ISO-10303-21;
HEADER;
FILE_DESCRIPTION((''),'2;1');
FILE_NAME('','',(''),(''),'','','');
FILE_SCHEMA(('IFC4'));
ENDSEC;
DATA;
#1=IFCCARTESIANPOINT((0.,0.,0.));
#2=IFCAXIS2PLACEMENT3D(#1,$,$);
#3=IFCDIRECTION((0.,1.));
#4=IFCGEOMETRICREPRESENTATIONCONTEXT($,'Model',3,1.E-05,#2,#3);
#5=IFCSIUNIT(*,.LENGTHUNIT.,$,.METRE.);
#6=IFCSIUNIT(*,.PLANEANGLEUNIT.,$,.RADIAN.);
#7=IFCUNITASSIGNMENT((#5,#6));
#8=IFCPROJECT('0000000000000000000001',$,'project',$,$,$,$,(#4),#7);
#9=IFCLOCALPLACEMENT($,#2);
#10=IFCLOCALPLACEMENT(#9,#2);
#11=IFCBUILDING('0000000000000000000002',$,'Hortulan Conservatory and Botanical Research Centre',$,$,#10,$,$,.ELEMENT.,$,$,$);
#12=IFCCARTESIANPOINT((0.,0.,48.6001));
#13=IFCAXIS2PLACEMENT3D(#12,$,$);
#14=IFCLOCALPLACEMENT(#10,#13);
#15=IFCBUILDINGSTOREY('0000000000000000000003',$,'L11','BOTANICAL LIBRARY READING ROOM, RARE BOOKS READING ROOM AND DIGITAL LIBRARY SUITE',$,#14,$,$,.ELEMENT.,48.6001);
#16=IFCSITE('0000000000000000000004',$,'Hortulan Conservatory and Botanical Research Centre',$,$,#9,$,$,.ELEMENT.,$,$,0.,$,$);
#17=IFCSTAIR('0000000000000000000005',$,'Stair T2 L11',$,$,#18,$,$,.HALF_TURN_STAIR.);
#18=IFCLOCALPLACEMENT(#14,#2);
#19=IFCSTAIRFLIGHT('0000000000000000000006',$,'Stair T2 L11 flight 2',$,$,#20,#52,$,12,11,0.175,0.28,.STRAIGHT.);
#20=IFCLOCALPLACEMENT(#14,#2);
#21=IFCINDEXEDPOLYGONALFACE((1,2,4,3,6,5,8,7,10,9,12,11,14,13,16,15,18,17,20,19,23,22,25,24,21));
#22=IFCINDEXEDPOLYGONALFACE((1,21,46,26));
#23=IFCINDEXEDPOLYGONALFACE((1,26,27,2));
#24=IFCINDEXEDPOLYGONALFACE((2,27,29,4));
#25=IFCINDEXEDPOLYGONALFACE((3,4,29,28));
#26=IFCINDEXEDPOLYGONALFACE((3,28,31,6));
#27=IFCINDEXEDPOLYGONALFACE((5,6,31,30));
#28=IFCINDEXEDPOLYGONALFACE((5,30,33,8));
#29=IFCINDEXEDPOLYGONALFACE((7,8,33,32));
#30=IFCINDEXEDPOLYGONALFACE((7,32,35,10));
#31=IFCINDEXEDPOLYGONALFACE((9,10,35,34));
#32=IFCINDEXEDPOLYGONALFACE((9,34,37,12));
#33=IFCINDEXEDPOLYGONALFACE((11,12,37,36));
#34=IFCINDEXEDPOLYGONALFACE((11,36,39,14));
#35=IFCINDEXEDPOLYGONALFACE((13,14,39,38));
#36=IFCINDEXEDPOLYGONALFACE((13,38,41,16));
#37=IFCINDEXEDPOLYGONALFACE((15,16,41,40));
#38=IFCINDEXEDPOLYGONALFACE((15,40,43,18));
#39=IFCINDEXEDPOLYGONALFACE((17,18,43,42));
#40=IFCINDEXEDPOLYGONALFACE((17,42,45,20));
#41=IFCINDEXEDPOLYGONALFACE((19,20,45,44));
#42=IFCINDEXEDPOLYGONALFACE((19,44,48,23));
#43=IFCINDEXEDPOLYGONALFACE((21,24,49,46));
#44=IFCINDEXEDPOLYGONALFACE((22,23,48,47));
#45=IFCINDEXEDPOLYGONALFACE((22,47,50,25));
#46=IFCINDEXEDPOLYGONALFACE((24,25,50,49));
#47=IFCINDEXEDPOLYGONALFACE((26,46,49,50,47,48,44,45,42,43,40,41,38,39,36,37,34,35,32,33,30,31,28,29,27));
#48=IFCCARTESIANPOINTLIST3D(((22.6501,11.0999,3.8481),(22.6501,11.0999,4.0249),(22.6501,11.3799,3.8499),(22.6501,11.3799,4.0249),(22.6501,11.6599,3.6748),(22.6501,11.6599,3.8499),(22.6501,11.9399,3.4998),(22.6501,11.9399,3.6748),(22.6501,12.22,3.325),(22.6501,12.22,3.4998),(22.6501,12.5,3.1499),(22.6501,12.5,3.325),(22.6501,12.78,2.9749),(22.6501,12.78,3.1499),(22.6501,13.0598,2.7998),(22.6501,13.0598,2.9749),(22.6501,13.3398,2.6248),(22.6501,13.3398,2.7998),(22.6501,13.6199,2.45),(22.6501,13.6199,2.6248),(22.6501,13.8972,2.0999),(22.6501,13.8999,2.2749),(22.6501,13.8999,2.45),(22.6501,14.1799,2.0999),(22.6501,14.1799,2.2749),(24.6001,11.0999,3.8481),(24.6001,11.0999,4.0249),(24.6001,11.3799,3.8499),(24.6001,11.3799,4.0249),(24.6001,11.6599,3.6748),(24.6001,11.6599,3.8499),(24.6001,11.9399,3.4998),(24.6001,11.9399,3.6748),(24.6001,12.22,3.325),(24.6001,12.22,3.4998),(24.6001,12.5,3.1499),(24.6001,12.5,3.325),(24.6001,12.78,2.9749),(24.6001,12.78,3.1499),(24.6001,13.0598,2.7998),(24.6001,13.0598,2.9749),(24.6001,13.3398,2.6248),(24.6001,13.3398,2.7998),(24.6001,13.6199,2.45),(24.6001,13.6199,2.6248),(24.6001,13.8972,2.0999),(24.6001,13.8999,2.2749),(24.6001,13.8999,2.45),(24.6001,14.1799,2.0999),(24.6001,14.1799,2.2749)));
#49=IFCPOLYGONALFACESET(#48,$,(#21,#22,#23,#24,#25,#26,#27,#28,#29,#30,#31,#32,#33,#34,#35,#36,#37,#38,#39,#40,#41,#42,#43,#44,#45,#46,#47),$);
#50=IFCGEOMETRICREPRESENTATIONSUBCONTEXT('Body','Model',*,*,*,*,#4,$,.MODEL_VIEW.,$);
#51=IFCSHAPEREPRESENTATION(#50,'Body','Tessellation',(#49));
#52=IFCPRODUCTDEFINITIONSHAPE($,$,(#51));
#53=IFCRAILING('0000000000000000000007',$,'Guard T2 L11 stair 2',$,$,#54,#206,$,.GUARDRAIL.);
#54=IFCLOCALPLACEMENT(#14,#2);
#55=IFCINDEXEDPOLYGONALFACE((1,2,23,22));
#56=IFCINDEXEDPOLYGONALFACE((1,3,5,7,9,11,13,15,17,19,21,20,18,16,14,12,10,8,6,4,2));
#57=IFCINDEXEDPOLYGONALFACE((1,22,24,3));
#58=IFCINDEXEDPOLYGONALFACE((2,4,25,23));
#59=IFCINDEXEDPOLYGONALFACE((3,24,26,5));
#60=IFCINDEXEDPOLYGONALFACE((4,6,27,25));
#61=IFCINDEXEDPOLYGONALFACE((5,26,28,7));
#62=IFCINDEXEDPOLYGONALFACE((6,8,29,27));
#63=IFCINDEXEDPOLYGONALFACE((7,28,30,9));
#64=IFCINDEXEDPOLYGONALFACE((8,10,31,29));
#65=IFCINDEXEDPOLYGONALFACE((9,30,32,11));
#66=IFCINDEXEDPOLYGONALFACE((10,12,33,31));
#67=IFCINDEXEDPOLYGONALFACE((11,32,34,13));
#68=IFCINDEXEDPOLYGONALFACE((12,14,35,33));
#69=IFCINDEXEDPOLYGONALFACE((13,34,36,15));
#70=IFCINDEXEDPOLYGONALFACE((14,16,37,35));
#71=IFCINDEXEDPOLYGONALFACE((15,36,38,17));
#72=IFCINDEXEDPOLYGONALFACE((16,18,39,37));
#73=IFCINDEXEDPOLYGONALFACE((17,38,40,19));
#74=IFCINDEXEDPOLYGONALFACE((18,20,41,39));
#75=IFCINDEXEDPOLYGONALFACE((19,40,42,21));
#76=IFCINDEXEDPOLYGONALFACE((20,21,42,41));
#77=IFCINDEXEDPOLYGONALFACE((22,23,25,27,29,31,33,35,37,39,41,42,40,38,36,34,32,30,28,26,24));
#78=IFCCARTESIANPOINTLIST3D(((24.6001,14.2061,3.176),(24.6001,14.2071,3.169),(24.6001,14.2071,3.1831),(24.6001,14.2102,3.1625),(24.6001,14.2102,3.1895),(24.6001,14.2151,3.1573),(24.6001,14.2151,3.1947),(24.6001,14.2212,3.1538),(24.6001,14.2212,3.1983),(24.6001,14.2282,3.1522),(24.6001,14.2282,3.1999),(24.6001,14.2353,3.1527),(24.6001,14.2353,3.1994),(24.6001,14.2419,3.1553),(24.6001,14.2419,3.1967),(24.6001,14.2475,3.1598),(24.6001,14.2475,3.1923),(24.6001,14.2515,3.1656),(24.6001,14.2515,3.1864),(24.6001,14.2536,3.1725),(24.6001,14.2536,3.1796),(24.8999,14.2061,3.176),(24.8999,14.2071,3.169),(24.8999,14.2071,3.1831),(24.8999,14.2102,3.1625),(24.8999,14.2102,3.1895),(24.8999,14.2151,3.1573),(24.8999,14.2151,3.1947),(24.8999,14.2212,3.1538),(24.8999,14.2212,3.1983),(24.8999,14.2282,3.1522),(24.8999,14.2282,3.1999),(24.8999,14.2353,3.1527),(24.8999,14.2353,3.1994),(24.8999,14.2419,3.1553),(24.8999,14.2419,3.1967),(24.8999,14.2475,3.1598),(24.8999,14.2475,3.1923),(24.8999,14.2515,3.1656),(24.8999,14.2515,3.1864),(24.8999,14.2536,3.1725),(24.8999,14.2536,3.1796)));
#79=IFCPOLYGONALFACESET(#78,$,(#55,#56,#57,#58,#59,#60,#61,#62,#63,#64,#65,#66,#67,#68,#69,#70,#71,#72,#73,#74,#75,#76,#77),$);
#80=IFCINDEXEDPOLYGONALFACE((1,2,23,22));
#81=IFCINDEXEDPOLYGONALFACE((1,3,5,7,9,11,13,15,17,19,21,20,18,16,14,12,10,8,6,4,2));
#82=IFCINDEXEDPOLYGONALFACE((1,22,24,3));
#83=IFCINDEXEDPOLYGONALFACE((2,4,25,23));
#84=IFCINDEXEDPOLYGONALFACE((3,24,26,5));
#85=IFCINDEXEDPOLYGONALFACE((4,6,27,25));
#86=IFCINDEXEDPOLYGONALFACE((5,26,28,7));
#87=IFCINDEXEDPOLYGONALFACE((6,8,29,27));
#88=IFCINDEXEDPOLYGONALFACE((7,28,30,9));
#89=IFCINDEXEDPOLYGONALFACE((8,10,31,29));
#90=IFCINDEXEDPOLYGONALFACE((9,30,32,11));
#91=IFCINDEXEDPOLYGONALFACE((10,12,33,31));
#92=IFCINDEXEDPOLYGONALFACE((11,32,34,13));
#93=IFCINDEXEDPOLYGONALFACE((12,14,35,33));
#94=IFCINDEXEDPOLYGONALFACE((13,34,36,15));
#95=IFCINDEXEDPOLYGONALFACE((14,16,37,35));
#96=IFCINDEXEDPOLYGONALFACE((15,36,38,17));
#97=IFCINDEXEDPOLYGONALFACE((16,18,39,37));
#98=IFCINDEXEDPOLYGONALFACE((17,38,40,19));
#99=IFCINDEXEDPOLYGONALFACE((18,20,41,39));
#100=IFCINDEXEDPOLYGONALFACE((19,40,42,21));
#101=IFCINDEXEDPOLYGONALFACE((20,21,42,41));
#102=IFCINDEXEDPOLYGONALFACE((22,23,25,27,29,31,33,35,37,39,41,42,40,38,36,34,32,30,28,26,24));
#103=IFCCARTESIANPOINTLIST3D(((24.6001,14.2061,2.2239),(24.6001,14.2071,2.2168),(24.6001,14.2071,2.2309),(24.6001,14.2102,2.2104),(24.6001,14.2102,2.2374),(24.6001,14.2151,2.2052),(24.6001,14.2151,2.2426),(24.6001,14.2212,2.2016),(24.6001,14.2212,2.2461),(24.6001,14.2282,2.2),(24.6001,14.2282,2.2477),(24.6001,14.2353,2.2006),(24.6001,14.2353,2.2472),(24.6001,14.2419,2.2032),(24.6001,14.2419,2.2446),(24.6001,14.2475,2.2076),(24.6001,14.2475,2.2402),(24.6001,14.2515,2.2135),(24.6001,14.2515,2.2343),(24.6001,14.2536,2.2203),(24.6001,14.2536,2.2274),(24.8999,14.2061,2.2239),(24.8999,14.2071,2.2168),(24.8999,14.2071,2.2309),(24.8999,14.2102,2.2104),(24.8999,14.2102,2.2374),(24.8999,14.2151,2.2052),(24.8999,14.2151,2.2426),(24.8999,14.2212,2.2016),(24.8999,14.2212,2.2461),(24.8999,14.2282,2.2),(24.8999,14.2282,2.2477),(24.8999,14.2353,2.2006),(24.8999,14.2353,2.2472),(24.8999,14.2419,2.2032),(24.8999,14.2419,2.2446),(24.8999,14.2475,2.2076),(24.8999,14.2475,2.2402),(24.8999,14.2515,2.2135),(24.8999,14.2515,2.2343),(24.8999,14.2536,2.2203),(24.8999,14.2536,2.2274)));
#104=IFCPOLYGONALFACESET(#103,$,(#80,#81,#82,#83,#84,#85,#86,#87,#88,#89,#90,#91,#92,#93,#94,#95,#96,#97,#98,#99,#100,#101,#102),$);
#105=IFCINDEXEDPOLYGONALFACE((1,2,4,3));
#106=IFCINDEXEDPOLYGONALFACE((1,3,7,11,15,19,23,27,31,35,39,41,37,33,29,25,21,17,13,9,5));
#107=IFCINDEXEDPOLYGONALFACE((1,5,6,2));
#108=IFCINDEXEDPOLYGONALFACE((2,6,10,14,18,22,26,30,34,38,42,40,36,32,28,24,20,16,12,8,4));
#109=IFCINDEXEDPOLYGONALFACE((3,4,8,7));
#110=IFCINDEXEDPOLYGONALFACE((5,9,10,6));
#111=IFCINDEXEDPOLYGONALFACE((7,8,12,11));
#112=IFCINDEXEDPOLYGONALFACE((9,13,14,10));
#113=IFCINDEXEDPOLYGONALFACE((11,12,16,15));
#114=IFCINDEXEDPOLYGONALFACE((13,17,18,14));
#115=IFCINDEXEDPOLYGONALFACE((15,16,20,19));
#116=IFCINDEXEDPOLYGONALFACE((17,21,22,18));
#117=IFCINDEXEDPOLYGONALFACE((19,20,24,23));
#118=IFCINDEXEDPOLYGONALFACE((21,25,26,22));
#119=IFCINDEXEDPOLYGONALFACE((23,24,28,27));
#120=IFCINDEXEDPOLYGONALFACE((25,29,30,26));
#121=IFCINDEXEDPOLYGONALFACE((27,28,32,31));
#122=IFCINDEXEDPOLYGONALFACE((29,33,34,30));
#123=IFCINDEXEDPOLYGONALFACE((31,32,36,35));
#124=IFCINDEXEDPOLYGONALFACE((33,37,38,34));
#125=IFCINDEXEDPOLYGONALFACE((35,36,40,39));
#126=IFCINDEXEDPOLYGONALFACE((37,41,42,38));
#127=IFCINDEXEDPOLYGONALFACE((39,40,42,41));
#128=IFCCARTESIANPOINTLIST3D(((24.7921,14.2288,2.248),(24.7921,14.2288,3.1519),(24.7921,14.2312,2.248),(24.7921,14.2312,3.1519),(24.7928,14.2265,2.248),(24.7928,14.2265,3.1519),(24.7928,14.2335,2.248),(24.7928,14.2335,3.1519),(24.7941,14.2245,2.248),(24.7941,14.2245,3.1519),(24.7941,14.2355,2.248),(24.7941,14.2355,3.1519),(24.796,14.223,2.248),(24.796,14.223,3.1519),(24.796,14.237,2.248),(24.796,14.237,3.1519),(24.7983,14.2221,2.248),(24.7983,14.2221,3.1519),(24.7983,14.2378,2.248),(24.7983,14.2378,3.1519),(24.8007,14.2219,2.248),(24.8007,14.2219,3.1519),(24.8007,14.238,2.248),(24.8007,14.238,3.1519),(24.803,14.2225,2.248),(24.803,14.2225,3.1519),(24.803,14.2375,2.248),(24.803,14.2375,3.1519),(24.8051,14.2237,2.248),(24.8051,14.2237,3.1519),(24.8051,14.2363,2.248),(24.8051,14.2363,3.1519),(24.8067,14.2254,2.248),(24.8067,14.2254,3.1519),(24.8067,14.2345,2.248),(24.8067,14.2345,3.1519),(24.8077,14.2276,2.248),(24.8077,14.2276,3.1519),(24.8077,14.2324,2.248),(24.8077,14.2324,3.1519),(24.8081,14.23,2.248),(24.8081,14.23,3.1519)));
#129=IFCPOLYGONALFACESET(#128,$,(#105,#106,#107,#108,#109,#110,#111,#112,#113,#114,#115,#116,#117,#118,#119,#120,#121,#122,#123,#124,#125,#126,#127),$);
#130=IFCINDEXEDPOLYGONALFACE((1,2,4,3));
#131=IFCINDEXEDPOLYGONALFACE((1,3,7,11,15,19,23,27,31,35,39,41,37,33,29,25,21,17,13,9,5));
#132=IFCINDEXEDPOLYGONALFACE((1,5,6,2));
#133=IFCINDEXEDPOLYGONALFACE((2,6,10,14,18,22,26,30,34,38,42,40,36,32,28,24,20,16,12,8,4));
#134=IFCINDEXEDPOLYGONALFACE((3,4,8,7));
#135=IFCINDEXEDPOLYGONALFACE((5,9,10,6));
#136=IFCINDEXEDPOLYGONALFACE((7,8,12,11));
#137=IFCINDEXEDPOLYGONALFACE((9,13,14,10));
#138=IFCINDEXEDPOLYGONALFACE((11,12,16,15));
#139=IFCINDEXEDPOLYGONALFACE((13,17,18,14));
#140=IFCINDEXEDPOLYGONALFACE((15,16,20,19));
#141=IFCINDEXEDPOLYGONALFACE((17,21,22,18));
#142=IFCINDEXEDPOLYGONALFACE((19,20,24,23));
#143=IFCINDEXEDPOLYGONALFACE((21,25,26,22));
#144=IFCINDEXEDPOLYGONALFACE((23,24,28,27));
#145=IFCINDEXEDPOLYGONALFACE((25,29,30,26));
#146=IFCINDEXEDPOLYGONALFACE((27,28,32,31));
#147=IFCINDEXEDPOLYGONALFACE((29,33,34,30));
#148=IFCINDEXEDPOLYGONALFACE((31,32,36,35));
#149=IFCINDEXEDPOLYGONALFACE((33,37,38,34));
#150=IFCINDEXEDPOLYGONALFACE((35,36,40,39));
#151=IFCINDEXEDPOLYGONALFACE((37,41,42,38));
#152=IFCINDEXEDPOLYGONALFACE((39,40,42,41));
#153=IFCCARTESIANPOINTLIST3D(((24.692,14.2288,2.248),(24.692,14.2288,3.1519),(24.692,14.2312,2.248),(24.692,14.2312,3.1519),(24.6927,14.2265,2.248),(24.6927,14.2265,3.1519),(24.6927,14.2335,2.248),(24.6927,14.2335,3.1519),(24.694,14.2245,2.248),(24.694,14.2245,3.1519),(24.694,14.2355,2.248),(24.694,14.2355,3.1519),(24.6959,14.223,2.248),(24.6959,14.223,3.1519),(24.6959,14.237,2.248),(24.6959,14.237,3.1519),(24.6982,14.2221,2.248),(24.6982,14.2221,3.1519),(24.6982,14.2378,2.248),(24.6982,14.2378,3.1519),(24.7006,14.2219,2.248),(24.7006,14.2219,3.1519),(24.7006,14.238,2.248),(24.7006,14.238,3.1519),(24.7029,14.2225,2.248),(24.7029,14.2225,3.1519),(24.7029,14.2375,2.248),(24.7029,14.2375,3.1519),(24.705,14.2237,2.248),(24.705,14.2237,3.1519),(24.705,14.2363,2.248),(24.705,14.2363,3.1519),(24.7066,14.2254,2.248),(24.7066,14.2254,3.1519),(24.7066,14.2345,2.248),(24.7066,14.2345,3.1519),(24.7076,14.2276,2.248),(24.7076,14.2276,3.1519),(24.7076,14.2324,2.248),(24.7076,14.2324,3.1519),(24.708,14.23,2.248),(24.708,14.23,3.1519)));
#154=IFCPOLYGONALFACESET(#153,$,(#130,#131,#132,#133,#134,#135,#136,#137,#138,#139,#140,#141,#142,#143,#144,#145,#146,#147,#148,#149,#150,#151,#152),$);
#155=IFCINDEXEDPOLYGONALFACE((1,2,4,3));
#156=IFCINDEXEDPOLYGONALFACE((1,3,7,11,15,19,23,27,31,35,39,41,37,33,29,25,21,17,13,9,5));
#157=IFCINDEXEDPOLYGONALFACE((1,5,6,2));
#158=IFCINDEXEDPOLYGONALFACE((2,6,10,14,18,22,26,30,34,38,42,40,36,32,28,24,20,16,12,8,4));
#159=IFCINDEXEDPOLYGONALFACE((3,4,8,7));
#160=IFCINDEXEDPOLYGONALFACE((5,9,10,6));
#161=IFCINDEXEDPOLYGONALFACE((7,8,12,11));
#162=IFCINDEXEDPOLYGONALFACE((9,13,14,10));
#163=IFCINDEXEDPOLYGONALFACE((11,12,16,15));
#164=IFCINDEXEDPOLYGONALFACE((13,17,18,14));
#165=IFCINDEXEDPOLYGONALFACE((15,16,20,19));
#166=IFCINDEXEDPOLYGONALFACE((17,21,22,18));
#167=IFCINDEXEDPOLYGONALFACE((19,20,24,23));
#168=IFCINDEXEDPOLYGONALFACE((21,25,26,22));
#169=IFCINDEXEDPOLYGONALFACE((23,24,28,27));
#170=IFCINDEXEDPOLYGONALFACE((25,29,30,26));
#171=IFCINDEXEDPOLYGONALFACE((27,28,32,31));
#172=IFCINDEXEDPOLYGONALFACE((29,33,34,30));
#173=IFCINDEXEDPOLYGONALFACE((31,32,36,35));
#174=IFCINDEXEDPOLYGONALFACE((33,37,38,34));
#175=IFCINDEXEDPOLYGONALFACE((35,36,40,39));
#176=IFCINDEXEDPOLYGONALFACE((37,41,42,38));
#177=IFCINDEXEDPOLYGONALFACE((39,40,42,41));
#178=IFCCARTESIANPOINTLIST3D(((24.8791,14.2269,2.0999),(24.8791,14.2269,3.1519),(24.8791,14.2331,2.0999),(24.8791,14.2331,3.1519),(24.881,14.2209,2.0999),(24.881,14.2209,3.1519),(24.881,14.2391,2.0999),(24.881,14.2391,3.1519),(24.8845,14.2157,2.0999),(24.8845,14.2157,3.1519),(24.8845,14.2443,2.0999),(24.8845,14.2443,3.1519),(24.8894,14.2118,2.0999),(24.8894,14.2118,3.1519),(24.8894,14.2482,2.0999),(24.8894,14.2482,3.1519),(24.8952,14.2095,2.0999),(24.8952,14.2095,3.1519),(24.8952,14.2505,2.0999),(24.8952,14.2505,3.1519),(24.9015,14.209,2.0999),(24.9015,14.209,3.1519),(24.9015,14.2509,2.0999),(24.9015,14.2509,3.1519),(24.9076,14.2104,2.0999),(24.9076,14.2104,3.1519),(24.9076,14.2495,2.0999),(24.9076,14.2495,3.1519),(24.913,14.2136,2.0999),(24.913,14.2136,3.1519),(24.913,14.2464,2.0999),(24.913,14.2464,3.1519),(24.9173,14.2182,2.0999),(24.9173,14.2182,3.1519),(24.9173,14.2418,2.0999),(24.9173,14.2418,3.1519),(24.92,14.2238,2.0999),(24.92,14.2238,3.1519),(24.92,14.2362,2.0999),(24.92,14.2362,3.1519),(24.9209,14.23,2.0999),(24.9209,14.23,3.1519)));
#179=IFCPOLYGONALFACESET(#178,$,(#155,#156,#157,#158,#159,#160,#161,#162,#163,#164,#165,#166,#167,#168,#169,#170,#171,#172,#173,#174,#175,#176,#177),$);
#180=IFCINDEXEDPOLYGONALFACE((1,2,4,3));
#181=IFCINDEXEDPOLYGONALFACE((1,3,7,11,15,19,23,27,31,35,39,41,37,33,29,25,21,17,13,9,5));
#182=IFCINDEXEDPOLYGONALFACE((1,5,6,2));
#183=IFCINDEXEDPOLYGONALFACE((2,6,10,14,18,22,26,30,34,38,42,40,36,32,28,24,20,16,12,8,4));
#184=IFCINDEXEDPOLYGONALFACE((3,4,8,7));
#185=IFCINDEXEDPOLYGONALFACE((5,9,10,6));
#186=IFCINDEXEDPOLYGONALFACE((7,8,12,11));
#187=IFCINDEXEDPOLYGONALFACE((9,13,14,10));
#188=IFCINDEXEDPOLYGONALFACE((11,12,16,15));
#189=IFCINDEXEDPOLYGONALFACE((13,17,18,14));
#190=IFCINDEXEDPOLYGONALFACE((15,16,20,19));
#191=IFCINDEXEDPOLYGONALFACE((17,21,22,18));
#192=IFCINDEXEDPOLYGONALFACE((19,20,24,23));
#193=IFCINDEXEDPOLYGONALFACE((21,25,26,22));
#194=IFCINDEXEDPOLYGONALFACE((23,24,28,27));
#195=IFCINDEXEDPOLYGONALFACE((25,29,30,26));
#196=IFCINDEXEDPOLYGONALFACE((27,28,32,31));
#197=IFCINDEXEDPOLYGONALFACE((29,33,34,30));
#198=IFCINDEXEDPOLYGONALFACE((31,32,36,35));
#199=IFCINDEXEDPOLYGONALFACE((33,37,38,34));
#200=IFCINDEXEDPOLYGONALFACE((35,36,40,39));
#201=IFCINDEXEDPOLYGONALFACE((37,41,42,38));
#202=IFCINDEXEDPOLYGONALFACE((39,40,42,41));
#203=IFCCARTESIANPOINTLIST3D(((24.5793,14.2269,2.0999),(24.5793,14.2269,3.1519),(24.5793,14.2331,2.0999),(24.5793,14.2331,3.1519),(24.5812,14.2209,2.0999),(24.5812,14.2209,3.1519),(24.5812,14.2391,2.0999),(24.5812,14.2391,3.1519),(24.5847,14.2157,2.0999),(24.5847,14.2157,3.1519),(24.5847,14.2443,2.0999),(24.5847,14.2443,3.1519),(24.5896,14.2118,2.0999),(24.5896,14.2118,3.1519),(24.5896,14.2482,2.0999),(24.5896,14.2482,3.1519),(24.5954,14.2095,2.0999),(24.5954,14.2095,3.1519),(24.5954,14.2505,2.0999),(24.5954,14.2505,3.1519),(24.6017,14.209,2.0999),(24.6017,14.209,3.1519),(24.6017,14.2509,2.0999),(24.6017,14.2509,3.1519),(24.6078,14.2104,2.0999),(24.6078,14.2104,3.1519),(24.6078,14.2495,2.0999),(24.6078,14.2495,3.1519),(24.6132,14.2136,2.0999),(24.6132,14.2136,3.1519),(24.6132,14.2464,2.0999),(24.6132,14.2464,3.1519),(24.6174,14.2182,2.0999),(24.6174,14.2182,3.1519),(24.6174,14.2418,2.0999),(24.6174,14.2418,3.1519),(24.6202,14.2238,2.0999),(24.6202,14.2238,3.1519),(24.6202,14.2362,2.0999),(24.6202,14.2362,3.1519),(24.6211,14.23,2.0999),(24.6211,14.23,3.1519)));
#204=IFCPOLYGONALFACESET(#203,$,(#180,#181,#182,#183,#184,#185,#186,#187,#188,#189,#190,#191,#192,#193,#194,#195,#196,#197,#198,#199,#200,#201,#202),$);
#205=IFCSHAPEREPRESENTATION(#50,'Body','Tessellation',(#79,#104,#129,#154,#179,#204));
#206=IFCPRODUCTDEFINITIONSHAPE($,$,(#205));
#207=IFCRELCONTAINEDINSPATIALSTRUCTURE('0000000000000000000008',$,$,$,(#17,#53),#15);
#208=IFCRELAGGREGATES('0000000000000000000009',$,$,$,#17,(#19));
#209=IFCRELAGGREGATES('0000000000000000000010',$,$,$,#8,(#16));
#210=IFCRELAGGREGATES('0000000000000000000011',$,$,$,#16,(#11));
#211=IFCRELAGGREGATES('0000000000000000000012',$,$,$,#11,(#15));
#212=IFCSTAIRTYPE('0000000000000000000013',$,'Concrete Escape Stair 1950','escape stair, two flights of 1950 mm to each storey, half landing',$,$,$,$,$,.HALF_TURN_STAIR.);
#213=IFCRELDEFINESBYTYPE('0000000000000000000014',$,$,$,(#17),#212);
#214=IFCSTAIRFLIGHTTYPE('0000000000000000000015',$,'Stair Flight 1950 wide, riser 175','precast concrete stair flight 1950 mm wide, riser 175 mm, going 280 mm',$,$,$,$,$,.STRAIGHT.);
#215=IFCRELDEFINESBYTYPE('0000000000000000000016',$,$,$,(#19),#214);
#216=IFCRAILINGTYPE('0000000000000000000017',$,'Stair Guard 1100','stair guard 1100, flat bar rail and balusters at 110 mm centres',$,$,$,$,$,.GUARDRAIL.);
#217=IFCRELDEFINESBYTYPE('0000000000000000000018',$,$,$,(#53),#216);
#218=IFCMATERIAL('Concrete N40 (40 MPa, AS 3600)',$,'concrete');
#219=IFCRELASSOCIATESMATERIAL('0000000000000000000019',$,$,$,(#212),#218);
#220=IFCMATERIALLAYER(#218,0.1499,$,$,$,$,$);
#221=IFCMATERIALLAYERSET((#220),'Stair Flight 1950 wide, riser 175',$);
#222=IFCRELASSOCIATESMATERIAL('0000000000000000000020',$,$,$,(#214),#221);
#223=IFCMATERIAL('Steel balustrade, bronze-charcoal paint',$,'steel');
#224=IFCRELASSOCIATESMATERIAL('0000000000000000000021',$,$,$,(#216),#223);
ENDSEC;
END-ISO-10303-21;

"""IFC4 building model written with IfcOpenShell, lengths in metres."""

from ifc_helpers import new_model, si_unit, direction, frame, origin, origin_2d, place, context, subcontext, project, spatial, polyline, circle, outline, extrude, material, layer, layer_set, type_object, element, aggregate, save


model = new_model("IFC4")

# Units and contexts
model_context = context("Model", 3, precision=1e-05, world=origin(), true_north=direction((0.0, 1.0)))
body_context = subcontext(model_context, "Body", "Model", "MODEL_VIEW")
ifc_project = project(units=[si_unit("LENGTHUNIT", "METRE"), si_unit("PLANEANGLEUNIT", "RADIAN")], contexts=[model_context])

# Site, building, storey
site_placement = place(None, origin())
site = spatial("IfcSite", under=ifc_project, at=site_placement, Name="Hortulan Conservatory and Botanical Research Centre", CompositionType="ELEMENT", RefElevation=0.0)
building_placement = place(site_placement, origin())
building = spatial("IfcBuilding", under=site, at=building_placement, Name="Hortulan Conservatory and Botanical Research Centre", CompositionType="ELEMENT")
storey_placement = place(building_placement, frame((0.0, 0.0, 48.6001)))
storey = spatial("IfcBuildingStorey", under=building, at=storey_placement, Name="L11", Description="BOTANICAL LIBRARY READING ROOM, RARE BOOKS READING ROOM AND DIGITAL LIBRARY SUITE", CompositionType="ELEMENT", Elevation=48.6001)

# Shared definitions
ifc_material_1 = material(Name="Concrete N40 (40 MPa, AS 3600)", Category="concrete")

# Stair, stair flight
stair_type = type_object("IfcStairType", Name="Concrete Escape Stair 1950", Description="escape stair, two flights of 1950 mm to each storey, half landing", PredefinedType="HALF_TURN_STAIR", material=ifc_material_1)
stair_placement = place(storey_placement, origin())
stair = element("IfcStair", 1, at=stair_placement, inside=storey, type_object=stair_type, Name="Stair T2 L11", PredefinedType="HALF_TURN_STAIR")
ifc_layer_1 = layer(ifc_material_1, 0.1499)
ifc_layer_set_1 = layer_set([ifc_layer_1], Name="Stair Flight 1950 wide, riser 175")
stair_flight_type = type_object("IfcStairFlightType", Name="Stair Flight 1950 wide, riser 175", Description="precast concrete stair flight 1950 mm wide, riser 175 mm, going 280 mm", PredefinedType="STRAIGHT", material=ifc_layer_set_1)
stair_flight_1_placement = place(storey_placement, frame((23.625, 14.1799, 2.0999), z_axis=(0.0, 0.0, 1.0), x_axis=(0.0, -1.0, 0.0)))
stair_flight_1 = element("IfcStairFlight", 2, at=stair_flight_1_placement, type_object=stair_flight_type, Name="Stair T2 L11 flight 2", NumberOfRisers=12, NumberOfTreads=11, PredefinedType="STRAIGHT", RiserHeight=0.175, TreadLength=0.28, context=body_context, shape_type="SweptSolid", body=[
    extrude(outline(polyline([(0.0, 0.0), (0.0, 0.175), (0.28, 0.175), (0.28, 0.3501), (0.5601, 0.3501), (0.5601, 0.5249), (0.8401, 0.5249), (0.8401, 0.7), (1.1201, 0.7), (1.1201, 0.875), (1.3999, 0.875), (1.3999, 1.05), (1.6799, 1.05), (1.6799, 1.2251), (1.96, 1.2251), (1.96, 1.3999), (2.24, 1.3999), (2.24, 1.575), (2.52, 1.575), (2.52, 1.75), (2.8, 1.75), (2.8, 1.925), (3.0801, 1.925), (3.0801, 2.1001), (3.0801, 1.7483), (0.2827, 0.0), (0.0, 0.0)])), frame((0.0, 0.9751, 0.0), z_axis=(0.0, -1.0, 0.0), x_axis=(1.0, 0.0, 0.0)), (0.0, 0.0, 1.0), 1.95),
])
aggregate(stair, [stair_flight_1])

# Railing
ifc_material_2 = material(Name="Steel balustrade, bronze-charcoal paint", Category="steel")
railing_type_1 = type_object("IfcRailingType", Name="Stair Guard 1100", Description="stair guard 1100, flat bar rail and balusters at 110 mm centres", PredefinedType="GUARDRAIL", material=ifc_material_2)
railing_1_placement = place(storey_placement, frame((24.8999, 14.23, 2.0999)))
element("IfcRailing", 3, at=railing_1_placement, inside=storey, type_object=railing_type_1, Name="Guard T2 L11 stair 2", PredefinedType="GUARDRAIL", context=body_context, shape_type="SweptSolid", body=[
    extrude(circle(Radius=0.0239, at=origin_2d()), frame((0.0, 0.0, 1.0762), z_axis=(-1.0, 0.0, 0.0), x_axis=(0.0, -1.0, 0.0)), (0.0, 0.0, 1.0), 0.2998),
    extrude(circle(Radius=0.0239, at=origin_2d()), frame((0.0, 0.0, 0.124), z_axis=(-1.0, 0.0, 0.0), x_axis=(0.0, -1.0, 0.0)), (0.0, 0.0, 1.0), 0.2998),
    extrude(circle(Radius=0.0081, at=origin_2d()), frame((-0.0999, 0.0, 0.1482)), (0.0, 0.0, 1.0), 0.9038),
    extrude(circle(Radius=0.0081, at=origin_2d()), frame((-0.2, 0.0, 0.1482)), (0.0, 0.0, 1.0), 0.9038),
    extrude(circle(Radius=0.021, at=origin_2d()), origin(), (0.0, 0.0, 1.0), 1.052),
    extrude(circle(Radius=0.021, at=origin_2d()), frame((-0.2998, 0.0, 0.0)), (0.0, 0.0, 1.0), 1.052),
])

save(model, "model.ifc")
